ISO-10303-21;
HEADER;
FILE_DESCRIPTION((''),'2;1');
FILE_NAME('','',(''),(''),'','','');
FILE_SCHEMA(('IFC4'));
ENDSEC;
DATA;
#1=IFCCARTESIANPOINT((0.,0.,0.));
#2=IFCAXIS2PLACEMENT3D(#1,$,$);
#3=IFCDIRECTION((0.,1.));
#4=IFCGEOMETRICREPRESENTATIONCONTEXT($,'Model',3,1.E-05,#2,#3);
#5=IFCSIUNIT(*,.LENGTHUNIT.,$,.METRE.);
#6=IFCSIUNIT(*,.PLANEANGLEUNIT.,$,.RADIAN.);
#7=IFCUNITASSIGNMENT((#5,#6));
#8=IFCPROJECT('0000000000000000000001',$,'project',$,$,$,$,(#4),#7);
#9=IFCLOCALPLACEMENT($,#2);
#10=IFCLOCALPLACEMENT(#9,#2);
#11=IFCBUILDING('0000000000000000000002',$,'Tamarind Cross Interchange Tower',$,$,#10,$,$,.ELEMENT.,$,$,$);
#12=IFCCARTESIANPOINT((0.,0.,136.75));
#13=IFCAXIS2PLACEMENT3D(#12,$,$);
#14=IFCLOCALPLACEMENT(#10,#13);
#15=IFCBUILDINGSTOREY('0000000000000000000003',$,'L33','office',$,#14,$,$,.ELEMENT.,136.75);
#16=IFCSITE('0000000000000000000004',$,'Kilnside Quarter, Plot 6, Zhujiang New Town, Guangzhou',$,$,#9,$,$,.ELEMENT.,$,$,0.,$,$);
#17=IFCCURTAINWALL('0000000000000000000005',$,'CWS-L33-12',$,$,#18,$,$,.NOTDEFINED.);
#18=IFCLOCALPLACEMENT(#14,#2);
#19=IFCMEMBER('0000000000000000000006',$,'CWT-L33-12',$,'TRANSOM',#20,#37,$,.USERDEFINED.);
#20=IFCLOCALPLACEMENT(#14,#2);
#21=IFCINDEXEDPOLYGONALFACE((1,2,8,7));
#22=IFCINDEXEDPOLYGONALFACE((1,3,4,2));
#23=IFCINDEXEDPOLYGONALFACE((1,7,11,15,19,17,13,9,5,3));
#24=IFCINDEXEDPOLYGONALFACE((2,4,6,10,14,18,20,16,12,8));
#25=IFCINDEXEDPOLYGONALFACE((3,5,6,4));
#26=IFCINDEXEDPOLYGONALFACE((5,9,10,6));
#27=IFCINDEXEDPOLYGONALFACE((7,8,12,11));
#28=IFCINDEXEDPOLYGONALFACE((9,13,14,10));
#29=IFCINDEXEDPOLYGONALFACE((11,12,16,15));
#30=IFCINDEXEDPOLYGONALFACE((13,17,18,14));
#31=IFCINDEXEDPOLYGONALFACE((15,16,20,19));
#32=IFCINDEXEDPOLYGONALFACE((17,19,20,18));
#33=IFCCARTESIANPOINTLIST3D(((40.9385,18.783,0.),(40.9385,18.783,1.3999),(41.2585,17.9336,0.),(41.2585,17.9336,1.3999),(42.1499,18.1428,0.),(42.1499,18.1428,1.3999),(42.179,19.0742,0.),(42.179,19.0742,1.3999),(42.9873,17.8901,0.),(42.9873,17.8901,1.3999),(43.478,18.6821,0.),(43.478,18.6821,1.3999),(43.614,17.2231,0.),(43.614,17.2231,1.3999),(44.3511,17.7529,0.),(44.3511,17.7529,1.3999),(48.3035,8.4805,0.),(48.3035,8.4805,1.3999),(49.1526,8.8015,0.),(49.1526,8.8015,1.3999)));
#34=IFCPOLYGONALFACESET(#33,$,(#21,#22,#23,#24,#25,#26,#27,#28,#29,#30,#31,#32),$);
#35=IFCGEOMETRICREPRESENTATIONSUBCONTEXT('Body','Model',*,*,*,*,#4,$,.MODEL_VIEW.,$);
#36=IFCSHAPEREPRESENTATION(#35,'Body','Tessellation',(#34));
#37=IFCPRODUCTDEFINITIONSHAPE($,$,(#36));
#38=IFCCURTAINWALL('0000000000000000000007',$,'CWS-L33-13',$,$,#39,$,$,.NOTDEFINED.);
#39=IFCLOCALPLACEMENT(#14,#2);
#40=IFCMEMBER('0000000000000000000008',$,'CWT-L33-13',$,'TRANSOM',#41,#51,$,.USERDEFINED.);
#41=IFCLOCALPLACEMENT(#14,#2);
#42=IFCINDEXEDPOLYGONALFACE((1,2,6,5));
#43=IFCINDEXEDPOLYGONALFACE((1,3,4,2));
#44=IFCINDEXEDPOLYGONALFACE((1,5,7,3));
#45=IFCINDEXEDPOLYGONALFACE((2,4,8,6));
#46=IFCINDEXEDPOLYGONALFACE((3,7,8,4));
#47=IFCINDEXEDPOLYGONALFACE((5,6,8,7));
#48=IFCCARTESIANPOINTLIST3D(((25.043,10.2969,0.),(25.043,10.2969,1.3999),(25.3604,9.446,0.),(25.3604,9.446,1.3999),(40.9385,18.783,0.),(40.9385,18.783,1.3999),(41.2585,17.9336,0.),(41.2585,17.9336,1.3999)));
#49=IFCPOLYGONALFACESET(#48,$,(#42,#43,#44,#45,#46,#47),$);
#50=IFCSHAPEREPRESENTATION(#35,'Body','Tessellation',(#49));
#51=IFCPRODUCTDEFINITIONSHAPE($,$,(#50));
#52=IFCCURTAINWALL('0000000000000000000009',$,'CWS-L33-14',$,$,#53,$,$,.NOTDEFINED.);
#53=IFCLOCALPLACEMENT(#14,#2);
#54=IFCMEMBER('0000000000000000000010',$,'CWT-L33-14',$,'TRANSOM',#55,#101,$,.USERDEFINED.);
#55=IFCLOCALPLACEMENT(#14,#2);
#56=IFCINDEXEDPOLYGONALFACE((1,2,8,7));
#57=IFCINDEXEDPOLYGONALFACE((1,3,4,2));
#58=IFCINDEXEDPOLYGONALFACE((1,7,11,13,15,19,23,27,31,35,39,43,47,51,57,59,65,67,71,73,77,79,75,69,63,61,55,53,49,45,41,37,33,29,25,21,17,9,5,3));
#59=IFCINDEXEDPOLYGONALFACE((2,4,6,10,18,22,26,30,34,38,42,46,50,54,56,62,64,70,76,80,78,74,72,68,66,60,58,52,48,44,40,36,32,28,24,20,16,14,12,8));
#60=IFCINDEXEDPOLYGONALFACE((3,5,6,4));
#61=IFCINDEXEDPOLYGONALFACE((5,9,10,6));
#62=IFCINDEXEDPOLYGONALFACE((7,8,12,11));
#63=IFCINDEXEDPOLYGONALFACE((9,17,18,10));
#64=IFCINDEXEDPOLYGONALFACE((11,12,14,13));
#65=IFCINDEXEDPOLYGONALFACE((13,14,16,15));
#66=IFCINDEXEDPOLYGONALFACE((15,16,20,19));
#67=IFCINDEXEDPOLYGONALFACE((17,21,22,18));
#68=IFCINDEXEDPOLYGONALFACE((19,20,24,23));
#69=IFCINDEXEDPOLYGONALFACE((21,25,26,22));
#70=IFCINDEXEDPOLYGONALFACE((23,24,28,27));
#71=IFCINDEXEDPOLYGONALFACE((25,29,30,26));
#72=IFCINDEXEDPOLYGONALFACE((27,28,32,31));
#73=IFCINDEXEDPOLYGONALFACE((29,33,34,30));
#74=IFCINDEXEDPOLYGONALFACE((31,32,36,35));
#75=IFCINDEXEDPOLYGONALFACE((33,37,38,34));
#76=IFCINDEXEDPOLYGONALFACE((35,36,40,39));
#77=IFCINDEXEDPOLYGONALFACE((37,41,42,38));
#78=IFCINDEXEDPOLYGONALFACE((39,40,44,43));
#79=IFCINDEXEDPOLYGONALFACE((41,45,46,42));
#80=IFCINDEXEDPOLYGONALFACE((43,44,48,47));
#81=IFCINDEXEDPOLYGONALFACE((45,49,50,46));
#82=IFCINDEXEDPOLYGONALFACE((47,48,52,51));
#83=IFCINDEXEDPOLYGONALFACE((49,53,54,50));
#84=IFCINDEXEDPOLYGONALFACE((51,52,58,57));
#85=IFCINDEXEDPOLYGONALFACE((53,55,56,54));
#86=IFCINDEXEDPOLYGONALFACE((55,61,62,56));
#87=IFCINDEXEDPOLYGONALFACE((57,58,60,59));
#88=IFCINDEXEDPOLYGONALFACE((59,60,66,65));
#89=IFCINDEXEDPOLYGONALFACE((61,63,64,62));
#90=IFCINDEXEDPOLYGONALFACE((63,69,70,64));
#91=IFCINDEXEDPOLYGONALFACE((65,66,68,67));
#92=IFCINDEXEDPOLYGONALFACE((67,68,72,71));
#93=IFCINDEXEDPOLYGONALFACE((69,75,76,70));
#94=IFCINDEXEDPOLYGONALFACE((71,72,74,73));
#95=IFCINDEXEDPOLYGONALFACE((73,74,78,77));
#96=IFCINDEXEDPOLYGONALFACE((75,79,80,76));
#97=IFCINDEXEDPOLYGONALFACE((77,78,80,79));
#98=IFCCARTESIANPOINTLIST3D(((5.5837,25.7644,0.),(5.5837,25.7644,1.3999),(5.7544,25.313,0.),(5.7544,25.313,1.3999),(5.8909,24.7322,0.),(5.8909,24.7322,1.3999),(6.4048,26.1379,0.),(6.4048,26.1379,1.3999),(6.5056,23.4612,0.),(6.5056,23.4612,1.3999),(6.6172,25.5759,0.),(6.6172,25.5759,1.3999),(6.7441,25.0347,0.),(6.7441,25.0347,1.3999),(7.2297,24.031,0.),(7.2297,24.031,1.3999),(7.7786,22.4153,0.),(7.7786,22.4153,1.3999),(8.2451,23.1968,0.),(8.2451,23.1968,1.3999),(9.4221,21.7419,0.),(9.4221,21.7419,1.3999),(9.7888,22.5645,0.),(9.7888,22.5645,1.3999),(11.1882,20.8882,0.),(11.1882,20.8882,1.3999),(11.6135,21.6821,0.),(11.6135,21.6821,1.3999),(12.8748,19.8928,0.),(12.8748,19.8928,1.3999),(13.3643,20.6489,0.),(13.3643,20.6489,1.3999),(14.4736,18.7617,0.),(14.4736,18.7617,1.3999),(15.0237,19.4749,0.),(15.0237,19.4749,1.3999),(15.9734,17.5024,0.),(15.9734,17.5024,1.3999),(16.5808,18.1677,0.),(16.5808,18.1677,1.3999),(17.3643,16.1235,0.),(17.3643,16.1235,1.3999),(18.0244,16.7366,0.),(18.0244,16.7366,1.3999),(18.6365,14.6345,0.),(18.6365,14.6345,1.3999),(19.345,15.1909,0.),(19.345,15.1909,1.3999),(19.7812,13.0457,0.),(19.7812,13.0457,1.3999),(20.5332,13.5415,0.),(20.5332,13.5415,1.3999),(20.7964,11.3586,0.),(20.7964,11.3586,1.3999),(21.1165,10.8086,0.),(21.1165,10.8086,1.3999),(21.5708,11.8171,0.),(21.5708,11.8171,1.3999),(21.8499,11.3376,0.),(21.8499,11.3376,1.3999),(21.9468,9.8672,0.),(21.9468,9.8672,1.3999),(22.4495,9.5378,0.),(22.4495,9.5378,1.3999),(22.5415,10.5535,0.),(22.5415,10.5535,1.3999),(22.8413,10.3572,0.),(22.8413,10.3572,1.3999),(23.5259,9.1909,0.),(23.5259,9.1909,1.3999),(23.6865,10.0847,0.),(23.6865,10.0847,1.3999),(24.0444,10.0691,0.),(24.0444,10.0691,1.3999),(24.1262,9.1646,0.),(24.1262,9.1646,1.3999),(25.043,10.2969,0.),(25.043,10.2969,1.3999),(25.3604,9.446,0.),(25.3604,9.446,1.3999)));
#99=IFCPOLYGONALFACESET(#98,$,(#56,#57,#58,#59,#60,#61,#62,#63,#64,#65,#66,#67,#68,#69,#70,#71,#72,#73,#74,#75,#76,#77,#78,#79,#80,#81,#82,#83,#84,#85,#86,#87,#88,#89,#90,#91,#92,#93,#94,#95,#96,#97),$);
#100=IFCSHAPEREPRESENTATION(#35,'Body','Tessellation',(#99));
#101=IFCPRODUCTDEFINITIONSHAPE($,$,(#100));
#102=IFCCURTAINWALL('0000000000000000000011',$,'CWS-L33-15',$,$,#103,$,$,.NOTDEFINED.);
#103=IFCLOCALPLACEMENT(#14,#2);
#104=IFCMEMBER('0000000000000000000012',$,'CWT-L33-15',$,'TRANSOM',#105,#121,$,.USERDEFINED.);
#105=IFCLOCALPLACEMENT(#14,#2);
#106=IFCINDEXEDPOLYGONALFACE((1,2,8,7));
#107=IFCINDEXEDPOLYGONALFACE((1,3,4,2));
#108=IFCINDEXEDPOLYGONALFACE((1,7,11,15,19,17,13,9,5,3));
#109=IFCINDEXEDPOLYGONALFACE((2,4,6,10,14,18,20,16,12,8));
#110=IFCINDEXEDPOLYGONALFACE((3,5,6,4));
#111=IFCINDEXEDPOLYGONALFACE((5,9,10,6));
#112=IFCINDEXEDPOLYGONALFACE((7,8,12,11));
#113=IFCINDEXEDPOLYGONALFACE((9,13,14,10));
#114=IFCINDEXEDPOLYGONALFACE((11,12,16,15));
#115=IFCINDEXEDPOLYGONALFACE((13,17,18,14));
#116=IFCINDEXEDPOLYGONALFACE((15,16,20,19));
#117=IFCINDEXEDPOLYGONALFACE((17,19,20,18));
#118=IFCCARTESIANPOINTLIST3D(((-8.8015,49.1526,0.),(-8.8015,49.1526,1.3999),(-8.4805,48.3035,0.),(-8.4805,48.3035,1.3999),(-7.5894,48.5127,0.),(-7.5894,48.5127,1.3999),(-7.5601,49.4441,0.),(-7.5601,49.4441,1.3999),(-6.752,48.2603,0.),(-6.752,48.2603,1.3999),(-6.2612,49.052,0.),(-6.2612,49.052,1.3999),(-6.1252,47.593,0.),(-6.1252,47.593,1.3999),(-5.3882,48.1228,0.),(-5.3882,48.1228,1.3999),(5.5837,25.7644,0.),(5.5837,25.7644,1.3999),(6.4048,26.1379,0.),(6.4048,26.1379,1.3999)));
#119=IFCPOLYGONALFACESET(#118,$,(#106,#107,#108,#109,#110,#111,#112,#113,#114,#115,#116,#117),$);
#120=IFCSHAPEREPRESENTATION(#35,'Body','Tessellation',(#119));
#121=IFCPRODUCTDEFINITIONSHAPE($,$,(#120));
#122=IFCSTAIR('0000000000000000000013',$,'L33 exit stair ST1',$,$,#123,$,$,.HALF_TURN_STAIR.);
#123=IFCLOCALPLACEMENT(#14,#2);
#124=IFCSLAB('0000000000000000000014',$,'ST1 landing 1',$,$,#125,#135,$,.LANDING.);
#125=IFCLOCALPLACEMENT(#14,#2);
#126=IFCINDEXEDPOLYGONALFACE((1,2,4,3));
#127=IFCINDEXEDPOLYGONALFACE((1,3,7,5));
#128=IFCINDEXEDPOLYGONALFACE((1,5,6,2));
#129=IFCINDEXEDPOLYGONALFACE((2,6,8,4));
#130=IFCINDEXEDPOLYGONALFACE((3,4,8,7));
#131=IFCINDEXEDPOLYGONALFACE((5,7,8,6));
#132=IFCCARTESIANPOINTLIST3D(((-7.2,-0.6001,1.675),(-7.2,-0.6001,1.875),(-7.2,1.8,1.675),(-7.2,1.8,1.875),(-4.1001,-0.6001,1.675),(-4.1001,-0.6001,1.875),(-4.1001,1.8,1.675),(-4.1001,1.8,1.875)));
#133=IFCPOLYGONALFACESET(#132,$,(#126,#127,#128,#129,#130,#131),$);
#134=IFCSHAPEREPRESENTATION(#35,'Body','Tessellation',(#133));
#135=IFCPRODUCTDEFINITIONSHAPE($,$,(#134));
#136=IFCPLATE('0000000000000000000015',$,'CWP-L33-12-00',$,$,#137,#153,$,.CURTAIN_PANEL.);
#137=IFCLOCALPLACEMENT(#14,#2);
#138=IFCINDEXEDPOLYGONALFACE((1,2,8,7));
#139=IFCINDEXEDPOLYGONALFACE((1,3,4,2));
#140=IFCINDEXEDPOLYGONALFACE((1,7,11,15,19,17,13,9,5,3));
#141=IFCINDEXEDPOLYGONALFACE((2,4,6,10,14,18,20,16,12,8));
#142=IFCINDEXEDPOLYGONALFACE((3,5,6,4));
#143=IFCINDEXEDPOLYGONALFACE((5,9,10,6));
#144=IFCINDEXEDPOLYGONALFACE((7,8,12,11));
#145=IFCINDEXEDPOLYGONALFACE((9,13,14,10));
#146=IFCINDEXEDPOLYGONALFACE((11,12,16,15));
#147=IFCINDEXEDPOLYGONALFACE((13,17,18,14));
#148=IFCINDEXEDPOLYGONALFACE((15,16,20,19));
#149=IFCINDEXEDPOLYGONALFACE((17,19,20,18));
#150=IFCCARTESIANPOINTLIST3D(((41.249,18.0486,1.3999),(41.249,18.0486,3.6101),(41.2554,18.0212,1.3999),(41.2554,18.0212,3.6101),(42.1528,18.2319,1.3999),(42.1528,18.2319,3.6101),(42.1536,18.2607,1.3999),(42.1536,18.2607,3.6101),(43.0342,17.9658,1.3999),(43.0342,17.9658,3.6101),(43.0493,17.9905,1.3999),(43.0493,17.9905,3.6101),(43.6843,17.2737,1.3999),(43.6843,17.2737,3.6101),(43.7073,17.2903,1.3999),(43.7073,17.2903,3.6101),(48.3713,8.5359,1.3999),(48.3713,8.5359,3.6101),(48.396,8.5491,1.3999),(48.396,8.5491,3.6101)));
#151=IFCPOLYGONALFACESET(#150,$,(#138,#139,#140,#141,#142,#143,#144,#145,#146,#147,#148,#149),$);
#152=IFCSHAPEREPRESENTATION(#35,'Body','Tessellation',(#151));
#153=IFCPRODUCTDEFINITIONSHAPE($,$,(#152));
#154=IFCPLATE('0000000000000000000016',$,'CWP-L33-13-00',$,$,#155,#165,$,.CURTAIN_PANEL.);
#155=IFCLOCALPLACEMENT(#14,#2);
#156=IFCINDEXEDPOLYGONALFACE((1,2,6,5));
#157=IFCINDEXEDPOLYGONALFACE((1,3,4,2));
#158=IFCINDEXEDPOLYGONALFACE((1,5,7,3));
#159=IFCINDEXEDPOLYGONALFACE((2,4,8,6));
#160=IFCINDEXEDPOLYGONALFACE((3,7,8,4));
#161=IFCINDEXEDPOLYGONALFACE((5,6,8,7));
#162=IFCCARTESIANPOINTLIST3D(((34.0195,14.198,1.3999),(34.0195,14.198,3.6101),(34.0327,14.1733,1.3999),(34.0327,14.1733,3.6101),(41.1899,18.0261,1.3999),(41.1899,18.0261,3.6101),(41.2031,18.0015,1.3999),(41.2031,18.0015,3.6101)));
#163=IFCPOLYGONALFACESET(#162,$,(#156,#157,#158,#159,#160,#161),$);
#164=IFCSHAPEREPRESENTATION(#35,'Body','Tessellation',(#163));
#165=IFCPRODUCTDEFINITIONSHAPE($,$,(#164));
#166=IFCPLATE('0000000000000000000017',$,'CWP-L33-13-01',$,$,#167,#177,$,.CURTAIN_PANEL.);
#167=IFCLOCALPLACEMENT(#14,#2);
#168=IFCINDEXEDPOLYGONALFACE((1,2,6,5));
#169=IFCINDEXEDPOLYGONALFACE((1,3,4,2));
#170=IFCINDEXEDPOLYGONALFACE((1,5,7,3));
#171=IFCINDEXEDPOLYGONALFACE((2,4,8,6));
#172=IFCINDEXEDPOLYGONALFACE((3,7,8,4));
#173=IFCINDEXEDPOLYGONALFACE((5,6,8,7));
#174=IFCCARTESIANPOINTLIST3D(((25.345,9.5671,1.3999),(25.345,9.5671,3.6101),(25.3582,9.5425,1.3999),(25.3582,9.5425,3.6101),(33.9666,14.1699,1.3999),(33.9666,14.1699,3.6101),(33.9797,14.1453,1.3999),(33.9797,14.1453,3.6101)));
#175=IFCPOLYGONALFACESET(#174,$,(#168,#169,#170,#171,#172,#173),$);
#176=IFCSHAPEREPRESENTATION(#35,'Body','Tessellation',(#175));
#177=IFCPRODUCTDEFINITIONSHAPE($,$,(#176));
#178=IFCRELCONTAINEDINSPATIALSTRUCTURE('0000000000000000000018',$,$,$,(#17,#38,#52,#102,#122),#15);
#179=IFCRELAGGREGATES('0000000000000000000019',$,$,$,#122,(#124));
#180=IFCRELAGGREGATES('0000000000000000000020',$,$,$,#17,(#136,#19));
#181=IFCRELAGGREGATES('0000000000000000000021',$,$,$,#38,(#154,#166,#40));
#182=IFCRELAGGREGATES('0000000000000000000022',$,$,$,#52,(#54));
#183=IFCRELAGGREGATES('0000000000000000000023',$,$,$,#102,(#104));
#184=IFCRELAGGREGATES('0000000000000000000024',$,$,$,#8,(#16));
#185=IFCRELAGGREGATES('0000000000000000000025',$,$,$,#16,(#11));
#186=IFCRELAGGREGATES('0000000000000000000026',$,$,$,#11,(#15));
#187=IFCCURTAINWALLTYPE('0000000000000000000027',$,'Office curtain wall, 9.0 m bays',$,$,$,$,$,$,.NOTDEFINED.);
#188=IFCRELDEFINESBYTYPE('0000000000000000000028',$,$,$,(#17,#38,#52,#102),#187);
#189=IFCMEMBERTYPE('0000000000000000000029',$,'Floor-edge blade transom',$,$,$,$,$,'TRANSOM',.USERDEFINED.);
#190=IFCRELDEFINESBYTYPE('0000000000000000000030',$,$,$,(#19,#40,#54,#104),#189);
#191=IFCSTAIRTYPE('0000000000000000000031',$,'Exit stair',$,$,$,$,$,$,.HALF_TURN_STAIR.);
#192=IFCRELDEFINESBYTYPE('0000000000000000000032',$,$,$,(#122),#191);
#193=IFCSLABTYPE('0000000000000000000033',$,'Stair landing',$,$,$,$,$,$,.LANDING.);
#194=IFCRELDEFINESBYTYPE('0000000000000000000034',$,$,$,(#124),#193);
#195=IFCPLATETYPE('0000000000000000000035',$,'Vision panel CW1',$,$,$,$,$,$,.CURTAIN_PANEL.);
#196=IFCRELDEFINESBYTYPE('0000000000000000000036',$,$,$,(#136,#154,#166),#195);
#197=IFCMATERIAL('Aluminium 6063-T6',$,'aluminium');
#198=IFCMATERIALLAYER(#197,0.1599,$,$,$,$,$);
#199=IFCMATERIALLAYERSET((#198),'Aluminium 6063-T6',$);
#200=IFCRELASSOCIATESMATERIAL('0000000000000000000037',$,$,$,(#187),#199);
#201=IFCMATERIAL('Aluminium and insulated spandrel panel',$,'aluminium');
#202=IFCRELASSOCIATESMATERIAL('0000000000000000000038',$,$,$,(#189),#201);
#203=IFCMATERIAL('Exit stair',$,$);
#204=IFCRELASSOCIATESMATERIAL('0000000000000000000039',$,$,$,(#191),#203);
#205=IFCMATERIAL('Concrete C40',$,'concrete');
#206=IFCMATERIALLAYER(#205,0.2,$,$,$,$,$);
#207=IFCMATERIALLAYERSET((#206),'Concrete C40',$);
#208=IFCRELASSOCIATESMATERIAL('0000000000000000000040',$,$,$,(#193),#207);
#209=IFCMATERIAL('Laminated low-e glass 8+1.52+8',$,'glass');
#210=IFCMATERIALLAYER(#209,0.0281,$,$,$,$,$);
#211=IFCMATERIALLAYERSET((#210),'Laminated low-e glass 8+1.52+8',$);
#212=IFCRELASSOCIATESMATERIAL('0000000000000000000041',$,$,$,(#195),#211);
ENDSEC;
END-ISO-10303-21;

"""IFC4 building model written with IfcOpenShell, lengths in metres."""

from ifc_helpers import new_model, si_unit, direction, frame, origin, place, context, subcontext, project, spatial, polyline, outline, extrude, material, layer, layer_set, type_object, element, aggregate, save


model = new_model("IFC4")

# Units and contexts
model_context = context("Model", 3, precision=1e-05, world=origin(), true_north=direction((0.0, 1.0)))
body_context = subcontext(model_context, "Body", "Model", "MODEL_VIEW")
ifc_project = project(units=[si_unit("LENGTHUNIT", "METRE"), si_unit("PLANEANGLEUNIT", "RADIAN")], contexts=[model_context])

# Site, building, storey
site_placement = place(None, origin())
site = spatial("IfcSite", under=ifc_project, at=site_placement, Name="Kilnside Quarter, Plot 6, Zhujiang New Town, Guangzhou", CompositionType="ELEMENT", RefElevation=0.0)
building_placement = place(site_placement, origin())
building = spatial("IfcBuilding", under=site, at=building_placement, Name="Tamarind Cross Interchange Tower", CompositionType="ELEMENT")
storey_placement = place(building_placement, frame((0.0, 0.0, 136.75)))
storey = spatial("IfcBuildingStorey", under=building, at=storey_placement, Name="L33", Description="office", CompositionType="ELEMENT", Elevation=136.75)

# Curtain walls, members
ifc_material_1 = material(Name="Aluminium 6063-T6", Category="aluminium")
ifc_layer_1 = layer(ifc_material_1, 0.1599)
ifc_layer_set_1 = layer_set([ifc_layer_1], Name="Aluminium 6063-T6")
curtain_wall_type = type_object("IfcCurtainWallType", Name="Office curtain wall, 9.0 m bays", PredefinedType="NOTDEFINED", material=ifc_layer_set_1)
curtain_wall_1_placement = place(storey_placement, origin())
curtain_wall_1 = element("IfcCurtainWall", 1, at=curtain_wall_1_placement, inside=storey, type_object=curtain_wall_type, Name="CWS-L33-12", PredefinedType="NOTDEFINED")
ifc_material_2 = material(Name="Aluminium and insulated spandrel panel", Category="aluminium")
member_type = type_object("IfcMemberType", Name="Floor-edge blade transom", ElementType="TRANSOM", PredefinedType="USERDEFINED", material=ifc_material_2)
member_1_placement = place(storey_placement, origin())
member_1 = element("IfcMember", 2, at=member_1_placement, type_object=member_type, Name="CWT-L33-12", ObjectType="TRANSOM", PredefinedType="USERDEFINED", context=body_context, shape_type="SweptSolid", body=[
    extrude(outline(polyline([(48.3035, 8.4805), (43.614, 17.2231), (42.9873, 17.8901), (42.1499, 18.1428), (41.2585, 17.9336), (40.9385, 18.783), (42.179, 19.0742), (43.478, 18.6821), (44.3511, 17.7529), (49.1526, 8.8015), (48.3035, 8.4805)])), origin(), (0.0, 0.0, 1.0), 1.3999),
])
curtain_wall_2_placement = place(storey_placement, origin())
curtain_wall_2 = element("IfcCurtainWall", 3, at=curtain_wall_2_placement, inside=storey, type_object=curtain_wall_type, Name="CWS-L33-13", PredefinedType="NOTDEFINED")
member_2_placement = place(storey_placement, origin())
member_2 = element("IfcMember", 4, at=member_2_placement, type_object=member_type, Name="CWT-L33-13", ObjectType="TRANSOM", PredefinedType="USERDEFINED", context=body_context, shape_type="SweptSolid", body=[
    extrude(outline(polyline([(41.2585, 17.9336), (25.3604, 9.446), (25.043, 10.2969), (40.9385, 18.783), (41.2585, 17.9336)])), origin(), (0.0, 0.0, 1.0), 1.3999),
])
curtain_wall_3_placement = place(storey_placement, origin())
curtain_wall_3 = element("IfcCurtainWall", 5, at=curtain_wall_3_placement, inside=storey, type_object=curtain_wall_type, Name="CWS-L33-14", PredefinedType="NOTDEFINED")
member_3_placement = place(storey_placement, origin())
member_3 = element("IfcMember", 6, at=member_3_placement, type_object=member_type, Name="CWT-L33-14", ObjectType="TRANSOM", PredefinedType="USERDEFINED", context=body_context, shape_type="SweptSolid", body=[
    extrude(outline(polyline([(25.3604, 9.446), (24.1262, 9.1646), (23.5259, 9.1909), (22.4495, 9.5378), (21.9468, 9.8672), (21.1165, 10.8086), (20.7964, 11.3586), (19.7812, 13.0457), (18.6365, 14.6345), (17.3643, 16.1235), (15.9734, 17.5024), (14.4736, 18.7617), (12.8748, 19.8928), (11.1882, 20.8882), (9.4221, 21.7419), (7.7786, 22.4153), (6.5056, 23.4612), (5.8909, 24.7322), (5.7544, 25.313), (5.5837, 25.7644), (6.4048, 26.1379), (6.6172, 25.5759), (6.7441, 25.0347), (7.2297, 24.031), (8.2451, 23.1968), (9.7888, 22.5645), (11.6135, 21.6821), (13.3643, 20.6489), (15.0237, 19.4749), (16.5808, 18.1677), (18.0244, 16.7366), (19.345, 15.1909), (20.5332, 13.5415), (21.5708, 11.8171), (21.8499, 11.3376), (22.5415, 10.5535), (22.8413, 10.3572), (23.6865, 10.0847), (24.0444, 10.0691), (25.043, 10.2969), (25.3604, 9.446)])), origin(), (0.0, 0.0, 1.0), 1.3999),
])
curtain_wall_4_placement = place(storey_placement, origin())
curtain_wall_4 = element("IfcCurtainWall", 7, at=curtain_wall_4_placement, inside=storey, type_object=curtain_wall_type, Name="CWS-L33-15", PredefinedType="NOTDEFINED")
member_4_placement = place(storey_placement, origin())
member_4 = element("IfcMember", 8, at=member_4_placement, type_object=member_type, Name="CWT-L33-15", ObjectType="TRANSOM", PredefinedType="USERDEFINED", context=body_context, shape_type="SweptSolid", body=[
    extrude(outline(polyline([(5.5837, 25.7644), (-6.1252, 47.593), (-6.752, 48.2603), (-7.5894, 48.5127), (-8.4805, 48.3035), (-8.8015, 49.1526), (-7.5601, 49.4441), (-6.2612, 49.052), (-5.3882, 48.1228), (6.4048, 26.1379), (5.5837, 25.7644)])), origin(), (0.0, 0.0, 1.0), 1.3999),
])

# Stair, slab
ifc_material_3 = material(Name="Exit stair")
stair_type = type_object("IfcStairType", Name="Exit stair", PredefinedType="HALF_TURN_STAIR", material=ifc_material_3)
stair_placement = place(storey_placement, origin())
stair = element("IfcStair", 9, at=stair_placement, inside=storey, type_object=stair_type, Name="L33 exit stair ST1", PredefinedType="HALF_TURN_STAIR")
ifc_material_4 = material(Name="Concrete C40", Category="concrete")
ifc_layer_2 = layer(ifc_material_4, 0.2)
ifc_layer_set_2 = layer_set([ifc_layer_2], Name="Concrete C40")
slab_type = type_object("IfcSlabType", Name="Stair landing", PredefinedType="LANDING", material=ifc_layer_set_2)
slab_placement = place(storey_placement, frame((0.0, 0.0, 1.675)))
slab = element("IfcSlab", 10, at=slab_placement, type_object=slab_type, Name="ST1 landing 1", PredefinedType="LANDING", context=body_context, shape_type="SweptSolid", body=[
    extrude(outline(polyline([(-4.1001, -0.6001), (-4.1001, 1.8), (-7.2, 1.8), (-7.2, -0.6001), (-4.1001, -0.6001)])), origin(), (0.0, 0.0, 1.0), 0.2),
])
aggregate(stair, [slab])

# Plates
ifc_material_5 = material(Name="Laminated low-e glass 8+1.52+8", Category="glass")
ifc_layer_3 = layer(ifc_material_5, 0.0281)
ifc_layer_set_3 = layer_set([ifc_layer_3], Name="Laminated low-e glass 8+1.52+8")
plate_type = type_object("IfcPlateType", Name="Vision panel CW1", PredefinedType="CURTAIN_PANEL", material=ifc_layer_set_3)
plate_1_placement = place(storey_placement, frame((0.0, 0.0, 1.3999)))
plate_1 = element("IfcPlate", 11, at=plate_1_placement, type_object=plate_type, Name="CWP-L33-12-00", PredefinedType="CURTAIN_PANEL", context=body_context, shape_type="SweptSolid", body=[
    extrude(outline(polyline([(48.3713, 8.5359), (43.6843, 17.2737), (43.0342, 17.9658), (42.1528, 18.2319), (41.2554, 18.0212), (41.249, 18.0486), (42.1536, 18.2607), (43.0493, 17.9905), (43.7073, 17.2903), (48.396, 8.5491), (48.3713, 8.5359)])), origin(), (0.0, 0.0, 1.0), 2.2102),
])
aggregate(curtain_wall_1, [plate_1, member_1])
plate_2_placement = place(storey_placement, frame((0.0, 0.0, 1.3999)))
plate_2 = element("IfcPlate", 12, at=plate_2_placement, type_object=plate_type, Name="CWP-L33-13-00", PredefinedType="CURTAIN_PANEL", context=body_context, shape_type="SweptSolid", body=[
    extrude(outline(polyline([(41.2031, 18.0015), (34.0327, 14.1733), (34.0195, 14.198), (41.1899, 18.0261), (41.2031, 18.0015)])), origin(), (0.0, 0.0, 1.0), 2.2102),
])
plate_3_placement = place(storey_placement, frame((0.0, 0.0, 1.3999)))
plate_3 = element("IfcPlate", 13, at=plate_3_placement, type_object=plate_type, Name="CWP-L33-13-01", PredefinedType="CURTAIN_PANEL", context=body_context, shape_type="SweptSolid", body=[
    extrude(outline(polyline([(33.9797, 14.1453), (25.3582, 9.5425), (25.345, 9.5671), (33.9666, 14.1699), (33.9797, 14.1453)])), origin(), (0.0, 0.0, 1.0), 2.2102),
])
aggregate(curtain_wall_2, [plate_2, plate_3, member_2])
aggregate(curtain_wall_3, [member_3])
aggregate(curtain_wall_4, [member_4])

save(model, "model.ifc")
